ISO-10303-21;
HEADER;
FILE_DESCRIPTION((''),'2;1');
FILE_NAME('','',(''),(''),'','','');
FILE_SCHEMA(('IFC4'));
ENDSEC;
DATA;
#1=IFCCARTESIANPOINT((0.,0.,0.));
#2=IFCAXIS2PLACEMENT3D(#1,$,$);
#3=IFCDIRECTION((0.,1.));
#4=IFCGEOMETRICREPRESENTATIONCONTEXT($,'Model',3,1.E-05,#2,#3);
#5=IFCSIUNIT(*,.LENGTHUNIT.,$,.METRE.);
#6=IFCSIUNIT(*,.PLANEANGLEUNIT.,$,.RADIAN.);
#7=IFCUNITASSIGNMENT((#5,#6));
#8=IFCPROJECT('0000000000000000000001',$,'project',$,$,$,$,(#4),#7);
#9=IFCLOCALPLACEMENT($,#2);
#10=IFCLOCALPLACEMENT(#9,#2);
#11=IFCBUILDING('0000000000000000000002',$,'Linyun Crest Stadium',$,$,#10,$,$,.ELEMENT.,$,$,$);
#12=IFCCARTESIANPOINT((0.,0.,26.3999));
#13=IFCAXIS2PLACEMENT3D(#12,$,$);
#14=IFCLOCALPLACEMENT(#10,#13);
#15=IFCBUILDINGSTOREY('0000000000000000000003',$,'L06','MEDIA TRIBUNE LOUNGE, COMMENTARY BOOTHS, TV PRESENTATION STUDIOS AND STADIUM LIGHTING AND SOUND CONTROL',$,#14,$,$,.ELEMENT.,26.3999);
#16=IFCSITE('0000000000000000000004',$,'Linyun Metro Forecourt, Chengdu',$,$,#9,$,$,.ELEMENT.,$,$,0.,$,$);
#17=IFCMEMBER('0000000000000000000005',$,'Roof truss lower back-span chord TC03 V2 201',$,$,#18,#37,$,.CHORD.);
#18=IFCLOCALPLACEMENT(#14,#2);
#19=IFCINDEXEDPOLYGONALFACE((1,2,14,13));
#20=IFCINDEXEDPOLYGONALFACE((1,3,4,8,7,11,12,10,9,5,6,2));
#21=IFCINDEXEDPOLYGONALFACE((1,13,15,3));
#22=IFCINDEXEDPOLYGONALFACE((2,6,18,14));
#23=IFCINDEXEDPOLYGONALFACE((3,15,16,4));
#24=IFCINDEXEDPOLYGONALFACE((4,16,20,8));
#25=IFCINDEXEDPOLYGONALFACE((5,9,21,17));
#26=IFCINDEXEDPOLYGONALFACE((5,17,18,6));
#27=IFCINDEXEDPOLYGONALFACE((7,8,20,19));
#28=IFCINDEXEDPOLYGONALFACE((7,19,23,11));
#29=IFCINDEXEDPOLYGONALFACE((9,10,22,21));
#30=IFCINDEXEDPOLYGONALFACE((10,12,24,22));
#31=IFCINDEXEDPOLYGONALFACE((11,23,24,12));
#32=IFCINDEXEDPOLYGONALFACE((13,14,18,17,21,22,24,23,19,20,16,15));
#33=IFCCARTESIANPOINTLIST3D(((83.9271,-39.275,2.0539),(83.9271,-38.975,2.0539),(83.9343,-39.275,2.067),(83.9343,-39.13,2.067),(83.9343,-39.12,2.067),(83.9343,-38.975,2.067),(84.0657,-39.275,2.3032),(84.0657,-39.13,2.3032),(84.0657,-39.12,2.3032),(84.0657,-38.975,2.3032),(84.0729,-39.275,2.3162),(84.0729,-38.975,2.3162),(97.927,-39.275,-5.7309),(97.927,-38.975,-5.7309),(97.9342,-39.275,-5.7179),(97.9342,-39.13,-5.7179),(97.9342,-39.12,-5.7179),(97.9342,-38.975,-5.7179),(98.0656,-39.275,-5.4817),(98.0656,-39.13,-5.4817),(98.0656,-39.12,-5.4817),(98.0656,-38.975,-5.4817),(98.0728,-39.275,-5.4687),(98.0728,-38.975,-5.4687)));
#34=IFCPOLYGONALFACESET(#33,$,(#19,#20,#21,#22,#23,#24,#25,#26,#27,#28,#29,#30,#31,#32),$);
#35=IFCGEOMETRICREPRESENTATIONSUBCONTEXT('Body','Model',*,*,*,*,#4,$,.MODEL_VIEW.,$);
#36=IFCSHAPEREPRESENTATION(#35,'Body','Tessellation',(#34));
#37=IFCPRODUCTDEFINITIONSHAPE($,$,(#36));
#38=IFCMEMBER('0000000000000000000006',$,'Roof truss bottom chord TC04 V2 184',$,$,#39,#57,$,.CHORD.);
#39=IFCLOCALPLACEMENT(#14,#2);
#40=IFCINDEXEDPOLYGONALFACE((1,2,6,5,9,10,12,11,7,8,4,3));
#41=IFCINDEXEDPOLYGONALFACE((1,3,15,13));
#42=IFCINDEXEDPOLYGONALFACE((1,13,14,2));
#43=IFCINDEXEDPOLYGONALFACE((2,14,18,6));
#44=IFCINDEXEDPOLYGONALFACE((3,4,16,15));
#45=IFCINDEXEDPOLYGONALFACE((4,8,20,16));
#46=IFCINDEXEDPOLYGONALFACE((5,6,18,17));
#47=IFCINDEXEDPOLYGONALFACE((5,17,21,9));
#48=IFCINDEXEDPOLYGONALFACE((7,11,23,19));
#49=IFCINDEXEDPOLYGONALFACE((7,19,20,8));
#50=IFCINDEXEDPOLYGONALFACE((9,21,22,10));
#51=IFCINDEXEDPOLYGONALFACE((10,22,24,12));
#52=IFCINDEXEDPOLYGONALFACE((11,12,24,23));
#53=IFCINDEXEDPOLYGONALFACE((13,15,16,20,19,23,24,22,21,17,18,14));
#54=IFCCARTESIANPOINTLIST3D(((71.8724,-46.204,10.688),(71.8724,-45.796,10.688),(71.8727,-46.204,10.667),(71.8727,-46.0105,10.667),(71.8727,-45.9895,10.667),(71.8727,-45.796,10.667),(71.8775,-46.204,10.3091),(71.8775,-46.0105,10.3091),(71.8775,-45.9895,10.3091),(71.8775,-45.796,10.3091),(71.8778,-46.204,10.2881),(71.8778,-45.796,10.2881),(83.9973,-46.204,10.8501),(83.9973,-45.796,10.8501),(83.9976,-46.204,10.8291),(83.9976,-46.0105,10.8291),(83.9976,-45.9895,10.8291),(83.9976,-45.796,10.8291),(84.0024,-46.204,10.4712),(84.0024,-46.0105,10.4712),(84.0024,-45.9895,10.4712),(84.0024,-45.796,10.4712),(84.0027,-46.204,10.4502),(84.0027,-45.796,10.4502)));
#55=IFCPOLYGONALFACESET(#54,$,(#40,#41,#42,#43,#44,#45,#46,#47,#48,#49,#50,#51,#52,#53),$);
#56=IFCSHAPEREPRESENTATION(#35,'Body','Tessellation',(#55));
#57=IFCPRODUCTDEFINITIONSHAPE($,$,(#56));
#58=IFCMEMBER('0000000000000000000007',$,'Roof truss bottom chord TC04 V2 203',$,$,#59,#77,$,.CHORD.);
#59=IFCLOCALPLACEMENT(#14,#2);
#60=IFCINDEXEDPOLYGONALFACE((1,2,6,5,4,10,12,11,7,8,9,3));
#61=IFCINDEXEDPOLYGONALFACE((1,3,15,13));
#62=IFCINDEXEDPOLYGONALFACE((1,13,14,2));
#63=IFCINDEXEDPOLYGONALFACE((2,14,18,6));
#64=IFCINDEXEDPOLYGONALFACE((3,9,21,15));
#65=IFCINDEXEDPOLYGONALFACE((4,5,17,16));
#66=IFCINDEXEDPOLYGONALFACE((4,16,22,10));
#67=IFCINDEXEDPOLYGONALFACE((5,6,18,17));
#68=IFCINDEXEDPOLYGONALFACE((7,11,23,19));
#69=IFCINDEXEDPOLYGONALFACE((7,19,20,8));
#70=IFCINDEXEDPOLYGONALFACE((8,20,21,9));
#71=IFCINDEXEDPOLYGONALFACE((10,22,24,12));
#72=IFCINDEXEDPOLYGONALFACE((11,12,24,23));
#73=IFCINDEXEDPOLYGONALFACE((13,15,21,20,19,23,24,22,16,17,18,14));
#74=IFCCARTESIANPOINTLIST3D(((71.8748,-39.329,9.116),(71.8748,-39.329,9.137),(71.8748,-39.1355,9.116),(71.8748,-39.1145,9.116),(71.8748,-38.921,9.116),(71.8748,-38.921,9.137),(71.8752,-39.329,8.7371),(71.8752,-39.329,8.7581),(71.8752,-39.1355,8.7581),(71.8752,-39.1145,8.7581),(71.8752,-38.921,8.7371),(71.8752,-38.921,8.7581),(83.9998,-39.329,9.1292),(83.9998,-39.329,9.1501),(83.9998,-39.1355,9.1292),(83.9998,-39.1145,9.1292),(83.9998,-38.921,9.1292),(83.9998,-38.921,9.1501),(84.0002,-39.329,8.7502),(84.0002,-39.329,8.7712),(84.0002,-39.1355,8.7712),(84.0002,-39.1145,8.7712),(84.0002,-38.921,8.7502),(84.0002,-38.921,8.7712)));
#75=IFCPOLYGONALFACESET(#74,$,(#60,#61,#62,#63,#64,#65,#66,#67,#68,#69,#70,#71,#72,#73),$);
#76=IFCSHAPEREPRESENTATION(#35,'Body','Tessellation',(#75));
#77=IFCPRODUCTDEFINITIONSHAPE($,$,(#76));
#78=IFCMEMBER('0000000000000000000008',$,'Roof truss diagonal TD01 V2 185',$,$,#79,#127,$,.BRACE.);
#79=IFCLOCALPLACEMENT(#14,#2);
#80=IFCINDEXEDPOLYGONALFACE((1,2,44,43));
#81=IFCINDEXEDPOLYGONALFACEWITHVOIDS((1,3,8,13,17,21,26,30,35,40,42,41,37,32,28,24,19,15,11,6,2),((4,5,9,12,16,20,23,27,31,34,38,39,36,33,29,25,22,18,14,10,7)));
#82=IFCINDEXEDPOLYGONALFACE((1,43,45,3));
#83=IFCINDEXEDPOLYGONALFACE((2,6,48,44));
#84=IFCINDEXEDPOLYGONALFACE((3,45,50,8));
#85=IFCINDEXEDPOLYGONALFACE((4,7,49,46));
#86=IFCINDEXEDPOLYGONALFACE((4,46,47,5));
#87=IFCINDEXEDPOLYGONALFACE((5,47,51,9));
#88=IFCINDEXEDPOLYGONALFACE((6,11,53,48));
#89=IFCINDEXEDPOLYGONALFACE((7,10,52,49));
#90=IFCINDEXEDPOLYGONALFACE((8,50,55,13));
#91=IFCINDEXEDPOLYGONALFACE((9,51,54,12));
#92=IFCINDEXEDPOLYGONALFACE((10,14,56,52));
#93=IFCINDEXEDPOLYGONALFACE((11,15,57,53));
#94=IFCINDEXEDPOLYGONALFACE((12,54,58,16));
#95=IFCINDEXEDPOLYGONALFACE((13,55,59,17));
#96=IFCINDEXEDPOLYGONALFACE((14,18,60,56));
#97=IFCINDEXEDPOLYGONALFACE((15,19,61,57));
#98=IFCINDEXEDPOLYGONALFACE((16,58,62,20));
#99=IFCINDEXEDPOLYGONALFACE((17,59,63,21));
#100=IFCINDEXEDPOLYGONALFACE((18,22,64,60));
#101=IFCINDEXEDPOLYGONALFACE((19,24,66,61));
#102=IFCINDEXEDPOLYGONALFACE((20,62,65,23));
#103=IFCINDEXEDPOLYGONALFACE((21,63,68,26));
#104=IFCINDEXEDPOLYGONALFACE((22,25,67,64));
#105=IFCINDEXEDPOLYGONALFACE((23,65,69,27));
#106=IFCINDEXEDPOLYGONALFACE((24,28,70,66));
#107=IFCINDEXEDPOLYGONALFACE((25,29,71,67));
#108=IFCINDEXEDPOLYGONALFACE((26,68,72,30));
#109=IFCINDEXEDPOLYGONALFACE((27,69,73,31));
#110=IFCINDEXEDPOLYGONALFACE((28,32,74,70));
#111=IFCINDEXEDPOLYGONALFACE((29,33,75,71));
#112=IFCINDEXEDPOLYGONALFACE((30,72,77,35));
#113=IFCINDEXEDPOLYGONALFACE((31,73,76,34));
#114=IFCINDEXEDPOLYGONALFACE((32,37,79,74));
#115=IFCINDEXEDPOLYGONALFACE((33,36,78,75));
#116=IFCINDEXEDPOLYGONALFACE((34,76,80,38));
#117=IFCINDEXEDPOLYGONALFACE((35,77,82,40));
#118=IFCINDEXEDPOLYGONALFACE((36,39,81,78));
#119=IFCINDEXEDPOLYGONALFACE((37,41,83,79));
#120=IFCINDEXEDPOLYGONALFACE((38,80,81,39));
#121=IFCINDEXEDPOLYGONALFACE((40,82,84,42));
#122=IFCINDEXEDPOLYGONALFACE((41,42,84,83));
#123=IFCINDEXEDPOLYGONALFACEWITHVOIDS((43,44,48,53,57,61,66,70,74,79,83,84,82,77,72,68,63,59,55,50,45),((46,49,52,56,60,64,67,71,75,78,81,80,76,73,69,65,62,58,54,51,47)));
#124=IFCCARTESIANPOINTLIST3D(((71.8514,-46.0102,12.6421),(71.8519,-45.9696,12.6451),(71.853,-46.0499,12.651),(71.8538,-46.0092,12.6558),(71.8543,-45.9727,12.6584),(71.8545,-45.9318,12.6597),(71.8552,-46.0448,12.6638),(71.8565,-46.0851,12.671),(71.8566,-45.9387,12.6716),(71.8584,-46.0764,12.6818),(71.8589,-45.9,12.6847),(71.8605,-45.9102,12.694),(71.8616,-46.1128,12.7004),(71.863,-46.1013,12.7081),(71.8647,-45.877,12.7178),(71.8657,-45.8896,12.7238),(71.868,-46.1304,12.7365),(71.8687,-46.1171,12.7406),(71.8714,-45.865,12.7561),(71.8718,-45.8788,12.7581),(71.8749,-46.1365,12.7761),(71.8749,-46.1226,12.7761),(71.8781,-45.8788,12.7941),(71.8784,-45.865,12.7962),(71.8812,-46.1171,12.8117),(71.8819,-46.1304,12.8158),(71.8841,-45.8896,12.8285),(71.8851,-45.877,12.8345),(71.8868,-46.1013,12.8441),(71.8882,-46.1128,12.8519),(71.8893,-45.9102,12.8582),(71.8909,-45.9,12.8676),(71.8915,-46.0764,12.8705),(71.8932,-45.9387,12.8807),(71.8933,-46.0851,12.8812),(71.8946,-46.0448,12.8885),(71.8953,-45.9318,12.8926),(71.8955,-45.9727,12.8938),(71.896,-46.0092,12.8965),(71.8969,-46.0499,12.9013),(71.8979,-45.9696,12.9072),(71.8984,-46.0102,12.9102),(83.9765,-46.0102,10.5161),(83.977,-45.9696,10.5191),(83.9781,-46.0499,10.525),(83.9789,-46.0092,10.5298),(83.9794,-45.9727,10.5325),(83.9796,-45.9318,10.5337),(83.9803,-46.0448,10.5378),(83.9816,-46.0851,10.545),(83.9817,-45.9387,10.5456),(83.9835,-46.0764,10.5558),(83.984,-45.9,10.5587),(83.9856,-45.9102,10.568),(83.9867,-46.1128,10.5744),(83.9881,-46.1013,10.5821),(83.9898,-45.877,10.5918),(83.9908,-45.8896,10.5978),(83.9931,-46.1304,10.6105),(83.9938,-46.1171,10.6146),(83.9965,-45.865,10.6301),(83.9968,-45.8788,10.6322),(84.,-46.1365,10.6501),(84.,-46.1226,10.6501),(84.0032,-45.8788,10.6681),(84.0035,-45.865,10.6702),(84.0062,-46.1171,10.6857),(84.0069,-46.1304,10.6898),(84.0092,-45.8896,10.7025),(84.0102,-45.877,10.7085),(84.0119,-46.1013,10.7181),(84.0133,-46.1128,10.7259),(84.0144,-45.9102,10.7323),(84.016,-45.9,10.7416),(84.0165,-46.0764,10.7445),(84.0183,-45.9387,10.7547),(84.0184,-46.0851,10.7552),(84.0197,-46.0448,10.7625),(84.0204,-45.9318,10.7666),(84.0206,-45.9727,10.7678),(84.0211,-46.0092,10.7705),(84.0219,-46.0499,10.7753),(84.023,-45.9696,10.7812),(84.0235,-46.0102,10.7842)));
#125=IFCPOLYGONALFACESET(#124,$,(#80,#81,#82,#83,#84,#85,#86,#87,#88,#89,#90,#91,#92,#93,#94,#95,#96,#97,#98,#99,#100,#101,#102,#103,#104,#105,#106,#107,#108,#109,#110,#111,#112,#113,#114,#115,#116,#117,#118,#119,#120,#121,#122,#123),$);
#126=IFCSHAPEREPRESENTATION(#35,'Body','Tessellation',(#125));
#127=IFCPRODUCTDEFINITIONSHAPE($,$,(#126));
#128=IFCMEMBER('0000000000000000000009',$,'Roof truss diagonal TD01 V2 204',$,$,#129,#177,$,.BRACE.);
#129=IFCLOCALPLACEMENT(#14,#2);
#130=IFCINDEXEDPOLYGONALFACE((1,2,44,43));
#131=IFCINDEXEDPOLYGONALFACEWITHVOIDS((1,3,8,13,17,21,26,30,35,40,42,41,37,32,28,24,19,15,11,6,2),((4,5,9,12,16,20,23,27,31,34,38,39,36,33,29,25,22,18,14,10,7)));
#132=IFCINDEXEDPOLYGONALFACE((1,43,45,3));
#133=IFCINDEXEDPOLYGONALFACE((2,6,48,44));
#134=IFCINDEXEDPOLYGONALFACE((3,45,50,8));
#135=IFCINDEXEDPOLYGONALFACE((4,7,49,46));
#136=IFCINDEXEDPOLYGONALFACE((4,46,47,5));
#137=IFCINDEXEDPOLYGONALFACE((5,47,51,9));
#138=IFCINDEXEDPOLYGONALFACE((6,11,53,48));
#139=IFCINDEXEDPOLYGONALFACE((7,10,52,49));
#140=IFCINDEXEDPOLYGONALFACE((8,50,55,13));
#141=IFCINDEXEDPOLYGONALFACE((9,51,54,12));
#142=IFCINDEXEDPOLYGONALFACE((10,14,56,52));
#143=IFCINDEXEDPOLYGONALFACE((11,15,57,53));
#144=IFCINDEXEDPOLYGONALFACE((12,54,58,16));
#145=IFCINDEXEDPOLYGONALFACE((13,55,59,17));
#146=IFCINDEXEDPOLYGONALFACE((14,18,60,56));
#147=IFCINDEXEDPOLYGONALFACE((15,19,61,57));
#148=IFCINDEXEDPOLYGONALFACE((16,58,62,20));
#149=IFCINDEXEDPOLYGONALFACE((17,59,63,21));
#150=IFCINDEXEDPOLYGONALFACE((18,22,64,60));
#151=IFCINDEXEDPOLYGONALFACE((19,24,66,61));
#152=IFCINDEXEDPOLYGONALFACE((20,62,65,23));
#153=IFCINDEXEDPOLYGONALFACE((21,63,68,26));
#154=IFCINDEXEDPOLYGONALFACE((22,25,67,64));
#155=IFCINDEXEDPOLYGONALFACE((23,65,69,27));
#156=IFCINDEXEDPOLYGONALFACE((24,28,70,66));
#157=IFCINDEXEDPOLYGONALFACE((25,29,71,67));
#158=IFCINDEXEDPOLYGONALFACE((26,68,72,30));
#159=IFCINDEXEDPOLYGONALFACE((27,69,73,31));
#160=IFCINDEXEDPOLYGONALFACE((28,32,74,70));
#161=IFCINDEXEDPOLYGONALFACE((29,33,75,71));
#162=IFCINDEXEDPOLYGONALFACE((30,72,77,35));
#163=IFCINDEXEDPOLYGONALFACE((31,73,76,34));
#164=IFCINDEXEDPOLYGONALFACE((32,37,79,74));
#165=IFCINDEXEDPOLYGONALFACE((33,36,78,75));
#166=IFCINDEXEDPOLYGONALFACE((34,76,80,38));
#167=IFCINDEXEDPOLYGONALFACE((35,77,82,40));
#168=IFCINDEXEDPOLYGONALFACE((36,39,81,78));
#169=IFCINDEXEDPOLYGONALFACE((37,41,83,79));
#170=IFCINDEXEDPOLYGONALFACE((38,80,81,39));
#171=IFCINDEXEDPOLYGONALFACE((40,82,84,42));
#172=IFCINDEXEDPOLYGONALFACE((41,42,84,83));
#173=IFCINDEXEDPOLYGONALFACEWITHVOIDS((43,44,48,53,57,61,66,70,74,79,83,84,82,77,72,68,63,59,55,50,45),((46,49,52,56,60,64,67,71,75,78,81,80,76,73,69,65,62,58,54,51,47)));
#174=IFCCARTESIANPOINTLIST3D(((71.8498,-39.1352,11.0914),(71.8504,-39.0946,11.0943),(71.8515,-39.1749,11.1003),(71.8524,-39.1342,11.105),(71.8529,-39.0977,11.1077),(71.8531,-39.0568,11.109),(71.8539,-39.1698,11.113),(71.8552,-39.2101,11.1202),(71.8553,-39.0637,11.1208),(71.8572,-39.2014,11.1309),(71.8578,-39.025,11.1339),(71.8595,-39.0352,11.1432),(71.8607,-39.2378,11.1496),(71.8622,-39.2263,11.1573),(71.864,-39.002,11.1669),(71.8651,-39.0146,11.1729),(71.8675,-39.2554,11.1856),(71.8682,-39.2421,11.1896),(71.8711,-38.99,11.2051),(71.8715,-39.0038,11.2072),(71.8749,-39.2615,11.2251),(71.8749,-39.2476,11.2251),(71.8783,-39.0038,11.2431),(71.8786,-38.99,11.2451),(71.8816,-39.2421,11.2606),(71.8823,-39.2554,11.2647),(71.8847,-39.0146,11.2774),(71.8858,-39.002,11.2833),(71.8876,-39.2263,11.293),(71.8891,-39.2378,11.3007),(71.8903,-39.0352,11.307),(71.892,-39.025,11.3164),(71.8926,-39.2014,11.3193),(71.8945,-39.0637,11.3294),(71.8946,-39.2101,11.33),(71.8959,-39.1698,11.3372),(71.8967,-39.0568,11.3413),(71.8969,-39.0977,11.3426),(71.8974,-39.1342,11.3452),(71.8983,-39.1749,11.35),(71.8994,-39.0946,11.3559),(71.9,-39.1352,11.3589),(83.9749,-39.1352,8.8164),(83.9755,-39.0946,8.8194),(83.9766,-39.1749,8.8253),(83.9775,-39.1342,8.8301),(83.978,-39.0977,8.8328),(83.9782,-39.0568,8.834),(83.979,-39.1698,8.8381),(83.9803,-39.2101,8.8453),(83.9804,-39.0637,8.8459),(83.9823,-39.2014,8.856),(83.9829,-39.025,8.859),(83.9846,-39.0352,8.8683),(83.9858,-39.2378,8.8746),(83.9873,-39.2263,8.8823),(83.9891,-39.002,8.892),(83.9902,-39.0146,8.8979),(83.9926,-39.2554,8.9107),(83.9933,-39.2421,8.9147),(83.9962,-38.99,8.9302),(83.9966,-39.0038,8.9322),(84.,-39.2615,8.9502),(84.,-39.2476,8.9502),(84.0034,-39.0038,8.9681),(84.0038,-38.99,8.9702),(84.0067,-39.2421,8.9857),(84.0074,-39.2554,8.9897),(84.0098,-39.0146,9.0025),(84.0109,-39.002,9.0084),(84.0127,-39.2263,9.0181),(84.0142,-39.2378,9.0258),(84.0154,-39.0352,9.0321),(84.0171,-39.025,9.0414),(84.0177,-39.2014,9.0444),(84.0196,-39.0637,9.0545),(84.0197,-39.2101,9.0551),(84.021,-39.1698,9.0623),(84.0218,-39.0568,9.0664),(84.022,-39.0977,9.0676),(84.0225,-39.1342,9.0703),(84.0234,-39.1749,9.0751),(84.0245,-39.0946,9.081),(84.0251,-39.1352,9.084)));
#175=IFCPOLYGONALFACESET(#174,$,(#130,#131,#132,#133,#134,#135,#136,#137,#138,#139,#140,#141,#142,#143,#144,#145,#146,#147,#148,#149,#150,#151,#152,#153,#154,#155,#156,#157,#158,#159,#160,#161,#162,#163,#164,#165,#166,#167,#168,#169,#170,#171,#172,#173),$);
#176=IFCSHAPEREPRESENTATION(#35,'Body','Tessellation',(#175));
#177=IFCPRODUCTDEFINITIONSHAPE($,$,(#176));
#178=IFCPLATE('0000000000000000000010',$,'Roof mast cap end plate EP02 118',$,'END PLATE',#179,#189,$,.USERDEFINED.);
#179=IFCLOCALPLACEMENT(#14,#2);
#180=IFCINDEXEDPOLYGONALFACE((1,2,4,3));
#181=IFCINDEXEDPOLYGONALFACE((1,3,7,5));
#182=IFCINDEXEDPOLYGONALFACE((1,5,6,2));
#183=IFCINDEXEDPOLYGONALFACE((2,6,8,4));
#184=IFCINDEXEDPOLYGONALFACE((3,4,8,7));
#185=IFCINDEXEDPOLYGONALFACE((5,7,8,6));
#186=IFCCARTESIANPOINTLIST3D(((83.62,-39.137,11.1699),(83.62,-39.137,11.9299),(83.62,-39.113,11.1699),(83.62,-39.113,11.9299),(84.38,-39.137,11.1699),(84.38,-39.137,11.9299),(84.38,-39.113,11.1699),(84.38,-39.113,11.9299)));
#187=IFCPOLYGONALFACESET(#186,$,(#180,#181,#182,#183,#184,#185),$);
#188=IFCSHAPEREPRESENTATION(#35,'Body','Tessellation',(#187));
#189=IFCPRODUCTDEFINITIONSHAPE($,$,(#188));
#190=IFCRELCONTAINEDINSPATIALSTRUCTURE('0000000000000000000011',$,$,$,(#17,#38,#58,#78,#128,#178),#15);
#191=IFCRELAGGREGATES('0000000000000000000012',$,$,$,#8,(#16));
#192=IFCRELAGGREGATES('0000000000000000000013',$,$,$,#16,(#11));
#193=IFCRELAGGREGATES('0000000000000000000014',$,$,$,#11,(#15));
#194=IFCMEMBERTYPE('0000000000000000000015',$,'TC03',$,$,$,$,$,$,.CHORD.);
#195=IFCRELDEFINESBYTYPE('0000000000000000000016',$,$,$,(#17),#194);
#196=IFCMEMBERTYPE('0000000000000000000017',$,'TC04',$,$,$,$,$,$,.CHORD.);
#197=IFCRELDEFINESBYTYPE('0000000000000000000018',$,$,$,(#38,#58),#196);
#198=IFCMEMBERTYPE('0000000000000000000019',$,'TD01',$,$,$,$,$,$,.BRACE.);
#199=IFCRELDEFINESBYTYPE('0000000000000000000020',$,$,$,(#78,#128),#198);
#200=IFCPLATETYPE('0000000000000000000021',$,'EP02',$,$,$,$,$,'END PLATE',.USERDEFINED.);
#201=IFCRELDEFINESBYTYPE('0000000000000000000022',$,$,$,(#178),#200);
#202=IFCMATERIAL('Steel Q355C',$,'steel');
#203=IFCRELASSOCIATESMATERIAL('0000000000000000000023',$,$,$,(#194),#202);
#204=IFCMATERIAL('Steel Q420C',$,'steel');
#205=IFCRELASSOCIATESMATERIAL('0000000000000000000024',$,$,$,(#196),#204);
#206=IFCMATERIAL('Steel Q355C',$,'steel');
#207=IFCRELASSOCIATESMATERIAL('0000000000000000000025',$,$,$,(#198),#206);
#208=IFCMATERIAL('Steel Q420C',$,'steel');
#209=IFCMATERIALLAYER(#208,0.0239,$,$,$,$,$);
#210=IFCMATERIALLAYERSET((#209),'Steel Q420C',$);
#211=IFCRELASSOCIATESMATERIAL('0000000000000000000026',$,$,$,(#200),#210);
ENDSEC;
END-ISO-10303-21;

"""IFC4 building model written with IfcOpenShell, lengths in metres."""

from ifc_helpers import new_model, si_unit, direction, frame, origin, origin_2d, place, context, subcontext, project, spatial, rectangle, hollow_circle, i_section, extrude, material, layer, layer_set, material_profile, profile_set, type_object, element, save


model = new_model("IFC4")

# Units and contexts
model_context = context("Model", 3, precision=1e-05, world=origin(), true_north=direction((0.0, 1.0)))
body_context = subcontext(model_context, "Body", "Model", "MODEL_VIEW")
ifc_project = project(units=[si_unit("LENGTHUNIT", "METRE"), si_unit("PLANEANGLEUNIT", "RADIAN")], contexts=[model_context])

# Site, building, storey
site_placement = place(None, origin())
site = spatial("IfcSite", under=ifc_project, at=site_placement, Name="Linyun Metro Forecourt, Chengdu", CompositionType="ELEMENT", RefElevation=0.0)
building_placement = place(site_placement, origin())
building = spatial("IfcBuilding", under=site, at=building_placement, Name="Linyun Crest Stadium", CompositionType="ELEMENT")
storey_placement = place(building_placement, frame((0.0, 0.0, 26.3999)))
storey = spatial("IfcBuildingStorey", under=building, at=storey_placement, Name="L06", Description="MEDIA TRIBUNE LOUNGE, COMMENTARY BOOTHS, TV PRESENTATION STUDIOS AND STADIUM LIGHTING AND SOUND CONTROL", CompositionType="ELEMENT", Elevation=26.3999)

# Members
ifc_material_1 = material(Name="Steel Q355C", Category="steel")
ifc_material_profile_1 = material_profile(ifc_material_1, i_section(OverallWidth=0.3, OverallDepth=0.3, WebThickness=0.01, FlangeThickness=0.0149, at=origin_2d()), Name="HW 300x300")
ifc_profile_set_1 = profile_set([ifc_material_profile_1], Name="Steel Q355C")
member_type_1 = type_object("IfcMemberType", Name="TC03", PredefinedType="CHORD", material=ifc_profile_set_1)
member_1_placement = place(storey_placement, frame((84.0, -39.125, 2.1851), z_axis=(0.873968, 0.0, -0.485983), x_axis=(0.0, 1.0, 0.0)))
element("IfcMember", 1, at=member_1_placement, inside=storey, type_object=member_type_1, Name="Roof truss lower back-span chord TC03 V2 201", PredefinedType="CHORD", context=body_context, shape_type="SweptSolid", body=[
    extrude(i_section(OverallWidth=0.3, OverallDepth=0.3, WebThickness=0.01, FlangeThickness=0.0149, at=origin_2d()), origin(), (0.0, 0.0, 1.0), 16.0188),
])
ifc_material_2 = material(Name="Steel Q420C", Category="steel")
ifc_material_profile_2 = material_profile(ifc_material_2, i_section(OverallWidth=0.408, OverallDepth=0.3999, WebThickness=0.021, FlangeThickness=0.021, at=origin_2d()), Name="HW 400x408")
ifc_profile_set_2 = profile_set([ifc_material_profile_2], Name="Steel Q420C")
member_type_2 = type_object("IfcMemberType", Name="TC04", PredefinedType="CHORD", material=ifc_profile_set_2)
member_2_placement = place(storey_placement, frame((84.0, -46.0, 10.6501), z_axis=(-0.999911, 0.0, -0.013369), x_axis=(0.0, -1.0, 0.0)))
element("IfcMember", 2, at=member_2_placement, inside=storey, type_object=member_type_2, Name="Roof truss bottom chord TC04 V2 184", PredefinedType="CHORD", context=body_context, shape_type="SweptSolid", body=[
    extrude(i_section(OverallWidth=0.408, OverallDepth=0.3999, WebThickness=0.021, FlangeThickness=0.021, at=origin_2d()), origin(), (0.0, 0.0, 1.0), 12.126),
])
member_3_placement = place(storey_placement, frame((84.0, -39.125, 8.9502), z_axis=(-0.999999, 0.0, -0.001087), x_axis=(0.0, -1.0, 0.0)))
element("IfcMember", 3, at=member_3_placement, inside=storey, type_object=member_type_2, Name="Roof truss bottom chord TC04 V2 203", PredefinedType="CHORD", context=body_context, shape_type="SweptSolid", body=[
    extrude(i_section(OverallWidth=0.408, OverallDepth=0.3999, WebThickness=0.021, FlangeThickness=0.021, at=origin_2d()), origin(), (0.0, 0.0, 1.0), 12.125),
])
ifc_material_3 = material(Name="Steel Q355C", Category="steel")
ifc_material_profile_3 = material_profile(ifc_material_3, hollow_circle(Radius=0.1365, WallThickness=0.0139, at=origin_2d()), Name="CHS 273x14")
ifc_profile_set_3 = profile_set([ifc_material_profile_3], Name="Steel Q355C")
member_type_3 = type_object("IfcMemberType", Name="TD01", PredefinedType="BRACE", material=ifc_profile_set_3)
member_4_placement = place(storey_placement, frame((84.0, -46.0, 10.6501), z_axis=(-0.984974, 0.0, 0.172704), x_axis=(0.0, -1.0, 0.0)))
element("IfcMember", 4, at=member_4_placement, inside=storey, type_object=member_type_3, Name="Roof truss diagonal TD01 V2 185", PredefinedType="BRACE", context=body_context, shape_type="SweptSolid", body=[
    extrude(hollow_circle(Radius=0.1365, WallThickness=0.0139, at=origin_2d()), origin(), (0.0, 0.0, 1.0), 12.3101),
])
member_5_placement = place(storey_placement, frame((84.0, -39.125, 8.9502), z_axis=(-0.982851, 0.0, 0.184403), x_axis=(0.0, -1.0, 0.0)))
element("IfcMember", 5, at=member_5_placement, inside=storey, type_object=member_type_3, Name="Roof truss diagonal TD01 V2 204", PredefinedType="BRACE", context=body_context, shape_type="SweptSolid", body=[
    extrude(hollow_circle(Radius=0.1365, WallThickness=0.0139, at=origin_2d()), origin(), (0.0, 0.0, 1.0), 12.3367),
])

# Plate
ifc_material_4 = material(Name="Steel Q420C", Category="steel")
ifc_layer_1 = layer(ifc_material_4, 0.0239)
ifc_layer_set_1 = layer_set([ifc_layer_1], Name="Steel Q420C")
plate_type_1 = type_object("IfcPlateType", Name="EP02", ElementType="END PLATE", PredefinedType="USERDEFINED", material=ifc_layer_set_1)
plate_1_placement = place(storey_placement, frame((84.0, -39.125, 11.1699), z_axis=(0.0, 0.0, 1.0), x_axis=(1.0, 0.0, 0.0)))
element("IfcPlate", 6, at=plate_1_placement, inside=storey, type_object=plate_type_1, Name="Roof mast cap end plate EP02 118", ObjectType="END PLATE", PredefinedType="USERDEFINED", context=body_context, shape_type="SweptSolid", body=[
    extrude(rectangle(XDim=0.76, YDim=0.0239, at=origin_2d()), origin(), (0.0, 0.0, 1.0), 0.76),
])

save(model, "model.ifc")
